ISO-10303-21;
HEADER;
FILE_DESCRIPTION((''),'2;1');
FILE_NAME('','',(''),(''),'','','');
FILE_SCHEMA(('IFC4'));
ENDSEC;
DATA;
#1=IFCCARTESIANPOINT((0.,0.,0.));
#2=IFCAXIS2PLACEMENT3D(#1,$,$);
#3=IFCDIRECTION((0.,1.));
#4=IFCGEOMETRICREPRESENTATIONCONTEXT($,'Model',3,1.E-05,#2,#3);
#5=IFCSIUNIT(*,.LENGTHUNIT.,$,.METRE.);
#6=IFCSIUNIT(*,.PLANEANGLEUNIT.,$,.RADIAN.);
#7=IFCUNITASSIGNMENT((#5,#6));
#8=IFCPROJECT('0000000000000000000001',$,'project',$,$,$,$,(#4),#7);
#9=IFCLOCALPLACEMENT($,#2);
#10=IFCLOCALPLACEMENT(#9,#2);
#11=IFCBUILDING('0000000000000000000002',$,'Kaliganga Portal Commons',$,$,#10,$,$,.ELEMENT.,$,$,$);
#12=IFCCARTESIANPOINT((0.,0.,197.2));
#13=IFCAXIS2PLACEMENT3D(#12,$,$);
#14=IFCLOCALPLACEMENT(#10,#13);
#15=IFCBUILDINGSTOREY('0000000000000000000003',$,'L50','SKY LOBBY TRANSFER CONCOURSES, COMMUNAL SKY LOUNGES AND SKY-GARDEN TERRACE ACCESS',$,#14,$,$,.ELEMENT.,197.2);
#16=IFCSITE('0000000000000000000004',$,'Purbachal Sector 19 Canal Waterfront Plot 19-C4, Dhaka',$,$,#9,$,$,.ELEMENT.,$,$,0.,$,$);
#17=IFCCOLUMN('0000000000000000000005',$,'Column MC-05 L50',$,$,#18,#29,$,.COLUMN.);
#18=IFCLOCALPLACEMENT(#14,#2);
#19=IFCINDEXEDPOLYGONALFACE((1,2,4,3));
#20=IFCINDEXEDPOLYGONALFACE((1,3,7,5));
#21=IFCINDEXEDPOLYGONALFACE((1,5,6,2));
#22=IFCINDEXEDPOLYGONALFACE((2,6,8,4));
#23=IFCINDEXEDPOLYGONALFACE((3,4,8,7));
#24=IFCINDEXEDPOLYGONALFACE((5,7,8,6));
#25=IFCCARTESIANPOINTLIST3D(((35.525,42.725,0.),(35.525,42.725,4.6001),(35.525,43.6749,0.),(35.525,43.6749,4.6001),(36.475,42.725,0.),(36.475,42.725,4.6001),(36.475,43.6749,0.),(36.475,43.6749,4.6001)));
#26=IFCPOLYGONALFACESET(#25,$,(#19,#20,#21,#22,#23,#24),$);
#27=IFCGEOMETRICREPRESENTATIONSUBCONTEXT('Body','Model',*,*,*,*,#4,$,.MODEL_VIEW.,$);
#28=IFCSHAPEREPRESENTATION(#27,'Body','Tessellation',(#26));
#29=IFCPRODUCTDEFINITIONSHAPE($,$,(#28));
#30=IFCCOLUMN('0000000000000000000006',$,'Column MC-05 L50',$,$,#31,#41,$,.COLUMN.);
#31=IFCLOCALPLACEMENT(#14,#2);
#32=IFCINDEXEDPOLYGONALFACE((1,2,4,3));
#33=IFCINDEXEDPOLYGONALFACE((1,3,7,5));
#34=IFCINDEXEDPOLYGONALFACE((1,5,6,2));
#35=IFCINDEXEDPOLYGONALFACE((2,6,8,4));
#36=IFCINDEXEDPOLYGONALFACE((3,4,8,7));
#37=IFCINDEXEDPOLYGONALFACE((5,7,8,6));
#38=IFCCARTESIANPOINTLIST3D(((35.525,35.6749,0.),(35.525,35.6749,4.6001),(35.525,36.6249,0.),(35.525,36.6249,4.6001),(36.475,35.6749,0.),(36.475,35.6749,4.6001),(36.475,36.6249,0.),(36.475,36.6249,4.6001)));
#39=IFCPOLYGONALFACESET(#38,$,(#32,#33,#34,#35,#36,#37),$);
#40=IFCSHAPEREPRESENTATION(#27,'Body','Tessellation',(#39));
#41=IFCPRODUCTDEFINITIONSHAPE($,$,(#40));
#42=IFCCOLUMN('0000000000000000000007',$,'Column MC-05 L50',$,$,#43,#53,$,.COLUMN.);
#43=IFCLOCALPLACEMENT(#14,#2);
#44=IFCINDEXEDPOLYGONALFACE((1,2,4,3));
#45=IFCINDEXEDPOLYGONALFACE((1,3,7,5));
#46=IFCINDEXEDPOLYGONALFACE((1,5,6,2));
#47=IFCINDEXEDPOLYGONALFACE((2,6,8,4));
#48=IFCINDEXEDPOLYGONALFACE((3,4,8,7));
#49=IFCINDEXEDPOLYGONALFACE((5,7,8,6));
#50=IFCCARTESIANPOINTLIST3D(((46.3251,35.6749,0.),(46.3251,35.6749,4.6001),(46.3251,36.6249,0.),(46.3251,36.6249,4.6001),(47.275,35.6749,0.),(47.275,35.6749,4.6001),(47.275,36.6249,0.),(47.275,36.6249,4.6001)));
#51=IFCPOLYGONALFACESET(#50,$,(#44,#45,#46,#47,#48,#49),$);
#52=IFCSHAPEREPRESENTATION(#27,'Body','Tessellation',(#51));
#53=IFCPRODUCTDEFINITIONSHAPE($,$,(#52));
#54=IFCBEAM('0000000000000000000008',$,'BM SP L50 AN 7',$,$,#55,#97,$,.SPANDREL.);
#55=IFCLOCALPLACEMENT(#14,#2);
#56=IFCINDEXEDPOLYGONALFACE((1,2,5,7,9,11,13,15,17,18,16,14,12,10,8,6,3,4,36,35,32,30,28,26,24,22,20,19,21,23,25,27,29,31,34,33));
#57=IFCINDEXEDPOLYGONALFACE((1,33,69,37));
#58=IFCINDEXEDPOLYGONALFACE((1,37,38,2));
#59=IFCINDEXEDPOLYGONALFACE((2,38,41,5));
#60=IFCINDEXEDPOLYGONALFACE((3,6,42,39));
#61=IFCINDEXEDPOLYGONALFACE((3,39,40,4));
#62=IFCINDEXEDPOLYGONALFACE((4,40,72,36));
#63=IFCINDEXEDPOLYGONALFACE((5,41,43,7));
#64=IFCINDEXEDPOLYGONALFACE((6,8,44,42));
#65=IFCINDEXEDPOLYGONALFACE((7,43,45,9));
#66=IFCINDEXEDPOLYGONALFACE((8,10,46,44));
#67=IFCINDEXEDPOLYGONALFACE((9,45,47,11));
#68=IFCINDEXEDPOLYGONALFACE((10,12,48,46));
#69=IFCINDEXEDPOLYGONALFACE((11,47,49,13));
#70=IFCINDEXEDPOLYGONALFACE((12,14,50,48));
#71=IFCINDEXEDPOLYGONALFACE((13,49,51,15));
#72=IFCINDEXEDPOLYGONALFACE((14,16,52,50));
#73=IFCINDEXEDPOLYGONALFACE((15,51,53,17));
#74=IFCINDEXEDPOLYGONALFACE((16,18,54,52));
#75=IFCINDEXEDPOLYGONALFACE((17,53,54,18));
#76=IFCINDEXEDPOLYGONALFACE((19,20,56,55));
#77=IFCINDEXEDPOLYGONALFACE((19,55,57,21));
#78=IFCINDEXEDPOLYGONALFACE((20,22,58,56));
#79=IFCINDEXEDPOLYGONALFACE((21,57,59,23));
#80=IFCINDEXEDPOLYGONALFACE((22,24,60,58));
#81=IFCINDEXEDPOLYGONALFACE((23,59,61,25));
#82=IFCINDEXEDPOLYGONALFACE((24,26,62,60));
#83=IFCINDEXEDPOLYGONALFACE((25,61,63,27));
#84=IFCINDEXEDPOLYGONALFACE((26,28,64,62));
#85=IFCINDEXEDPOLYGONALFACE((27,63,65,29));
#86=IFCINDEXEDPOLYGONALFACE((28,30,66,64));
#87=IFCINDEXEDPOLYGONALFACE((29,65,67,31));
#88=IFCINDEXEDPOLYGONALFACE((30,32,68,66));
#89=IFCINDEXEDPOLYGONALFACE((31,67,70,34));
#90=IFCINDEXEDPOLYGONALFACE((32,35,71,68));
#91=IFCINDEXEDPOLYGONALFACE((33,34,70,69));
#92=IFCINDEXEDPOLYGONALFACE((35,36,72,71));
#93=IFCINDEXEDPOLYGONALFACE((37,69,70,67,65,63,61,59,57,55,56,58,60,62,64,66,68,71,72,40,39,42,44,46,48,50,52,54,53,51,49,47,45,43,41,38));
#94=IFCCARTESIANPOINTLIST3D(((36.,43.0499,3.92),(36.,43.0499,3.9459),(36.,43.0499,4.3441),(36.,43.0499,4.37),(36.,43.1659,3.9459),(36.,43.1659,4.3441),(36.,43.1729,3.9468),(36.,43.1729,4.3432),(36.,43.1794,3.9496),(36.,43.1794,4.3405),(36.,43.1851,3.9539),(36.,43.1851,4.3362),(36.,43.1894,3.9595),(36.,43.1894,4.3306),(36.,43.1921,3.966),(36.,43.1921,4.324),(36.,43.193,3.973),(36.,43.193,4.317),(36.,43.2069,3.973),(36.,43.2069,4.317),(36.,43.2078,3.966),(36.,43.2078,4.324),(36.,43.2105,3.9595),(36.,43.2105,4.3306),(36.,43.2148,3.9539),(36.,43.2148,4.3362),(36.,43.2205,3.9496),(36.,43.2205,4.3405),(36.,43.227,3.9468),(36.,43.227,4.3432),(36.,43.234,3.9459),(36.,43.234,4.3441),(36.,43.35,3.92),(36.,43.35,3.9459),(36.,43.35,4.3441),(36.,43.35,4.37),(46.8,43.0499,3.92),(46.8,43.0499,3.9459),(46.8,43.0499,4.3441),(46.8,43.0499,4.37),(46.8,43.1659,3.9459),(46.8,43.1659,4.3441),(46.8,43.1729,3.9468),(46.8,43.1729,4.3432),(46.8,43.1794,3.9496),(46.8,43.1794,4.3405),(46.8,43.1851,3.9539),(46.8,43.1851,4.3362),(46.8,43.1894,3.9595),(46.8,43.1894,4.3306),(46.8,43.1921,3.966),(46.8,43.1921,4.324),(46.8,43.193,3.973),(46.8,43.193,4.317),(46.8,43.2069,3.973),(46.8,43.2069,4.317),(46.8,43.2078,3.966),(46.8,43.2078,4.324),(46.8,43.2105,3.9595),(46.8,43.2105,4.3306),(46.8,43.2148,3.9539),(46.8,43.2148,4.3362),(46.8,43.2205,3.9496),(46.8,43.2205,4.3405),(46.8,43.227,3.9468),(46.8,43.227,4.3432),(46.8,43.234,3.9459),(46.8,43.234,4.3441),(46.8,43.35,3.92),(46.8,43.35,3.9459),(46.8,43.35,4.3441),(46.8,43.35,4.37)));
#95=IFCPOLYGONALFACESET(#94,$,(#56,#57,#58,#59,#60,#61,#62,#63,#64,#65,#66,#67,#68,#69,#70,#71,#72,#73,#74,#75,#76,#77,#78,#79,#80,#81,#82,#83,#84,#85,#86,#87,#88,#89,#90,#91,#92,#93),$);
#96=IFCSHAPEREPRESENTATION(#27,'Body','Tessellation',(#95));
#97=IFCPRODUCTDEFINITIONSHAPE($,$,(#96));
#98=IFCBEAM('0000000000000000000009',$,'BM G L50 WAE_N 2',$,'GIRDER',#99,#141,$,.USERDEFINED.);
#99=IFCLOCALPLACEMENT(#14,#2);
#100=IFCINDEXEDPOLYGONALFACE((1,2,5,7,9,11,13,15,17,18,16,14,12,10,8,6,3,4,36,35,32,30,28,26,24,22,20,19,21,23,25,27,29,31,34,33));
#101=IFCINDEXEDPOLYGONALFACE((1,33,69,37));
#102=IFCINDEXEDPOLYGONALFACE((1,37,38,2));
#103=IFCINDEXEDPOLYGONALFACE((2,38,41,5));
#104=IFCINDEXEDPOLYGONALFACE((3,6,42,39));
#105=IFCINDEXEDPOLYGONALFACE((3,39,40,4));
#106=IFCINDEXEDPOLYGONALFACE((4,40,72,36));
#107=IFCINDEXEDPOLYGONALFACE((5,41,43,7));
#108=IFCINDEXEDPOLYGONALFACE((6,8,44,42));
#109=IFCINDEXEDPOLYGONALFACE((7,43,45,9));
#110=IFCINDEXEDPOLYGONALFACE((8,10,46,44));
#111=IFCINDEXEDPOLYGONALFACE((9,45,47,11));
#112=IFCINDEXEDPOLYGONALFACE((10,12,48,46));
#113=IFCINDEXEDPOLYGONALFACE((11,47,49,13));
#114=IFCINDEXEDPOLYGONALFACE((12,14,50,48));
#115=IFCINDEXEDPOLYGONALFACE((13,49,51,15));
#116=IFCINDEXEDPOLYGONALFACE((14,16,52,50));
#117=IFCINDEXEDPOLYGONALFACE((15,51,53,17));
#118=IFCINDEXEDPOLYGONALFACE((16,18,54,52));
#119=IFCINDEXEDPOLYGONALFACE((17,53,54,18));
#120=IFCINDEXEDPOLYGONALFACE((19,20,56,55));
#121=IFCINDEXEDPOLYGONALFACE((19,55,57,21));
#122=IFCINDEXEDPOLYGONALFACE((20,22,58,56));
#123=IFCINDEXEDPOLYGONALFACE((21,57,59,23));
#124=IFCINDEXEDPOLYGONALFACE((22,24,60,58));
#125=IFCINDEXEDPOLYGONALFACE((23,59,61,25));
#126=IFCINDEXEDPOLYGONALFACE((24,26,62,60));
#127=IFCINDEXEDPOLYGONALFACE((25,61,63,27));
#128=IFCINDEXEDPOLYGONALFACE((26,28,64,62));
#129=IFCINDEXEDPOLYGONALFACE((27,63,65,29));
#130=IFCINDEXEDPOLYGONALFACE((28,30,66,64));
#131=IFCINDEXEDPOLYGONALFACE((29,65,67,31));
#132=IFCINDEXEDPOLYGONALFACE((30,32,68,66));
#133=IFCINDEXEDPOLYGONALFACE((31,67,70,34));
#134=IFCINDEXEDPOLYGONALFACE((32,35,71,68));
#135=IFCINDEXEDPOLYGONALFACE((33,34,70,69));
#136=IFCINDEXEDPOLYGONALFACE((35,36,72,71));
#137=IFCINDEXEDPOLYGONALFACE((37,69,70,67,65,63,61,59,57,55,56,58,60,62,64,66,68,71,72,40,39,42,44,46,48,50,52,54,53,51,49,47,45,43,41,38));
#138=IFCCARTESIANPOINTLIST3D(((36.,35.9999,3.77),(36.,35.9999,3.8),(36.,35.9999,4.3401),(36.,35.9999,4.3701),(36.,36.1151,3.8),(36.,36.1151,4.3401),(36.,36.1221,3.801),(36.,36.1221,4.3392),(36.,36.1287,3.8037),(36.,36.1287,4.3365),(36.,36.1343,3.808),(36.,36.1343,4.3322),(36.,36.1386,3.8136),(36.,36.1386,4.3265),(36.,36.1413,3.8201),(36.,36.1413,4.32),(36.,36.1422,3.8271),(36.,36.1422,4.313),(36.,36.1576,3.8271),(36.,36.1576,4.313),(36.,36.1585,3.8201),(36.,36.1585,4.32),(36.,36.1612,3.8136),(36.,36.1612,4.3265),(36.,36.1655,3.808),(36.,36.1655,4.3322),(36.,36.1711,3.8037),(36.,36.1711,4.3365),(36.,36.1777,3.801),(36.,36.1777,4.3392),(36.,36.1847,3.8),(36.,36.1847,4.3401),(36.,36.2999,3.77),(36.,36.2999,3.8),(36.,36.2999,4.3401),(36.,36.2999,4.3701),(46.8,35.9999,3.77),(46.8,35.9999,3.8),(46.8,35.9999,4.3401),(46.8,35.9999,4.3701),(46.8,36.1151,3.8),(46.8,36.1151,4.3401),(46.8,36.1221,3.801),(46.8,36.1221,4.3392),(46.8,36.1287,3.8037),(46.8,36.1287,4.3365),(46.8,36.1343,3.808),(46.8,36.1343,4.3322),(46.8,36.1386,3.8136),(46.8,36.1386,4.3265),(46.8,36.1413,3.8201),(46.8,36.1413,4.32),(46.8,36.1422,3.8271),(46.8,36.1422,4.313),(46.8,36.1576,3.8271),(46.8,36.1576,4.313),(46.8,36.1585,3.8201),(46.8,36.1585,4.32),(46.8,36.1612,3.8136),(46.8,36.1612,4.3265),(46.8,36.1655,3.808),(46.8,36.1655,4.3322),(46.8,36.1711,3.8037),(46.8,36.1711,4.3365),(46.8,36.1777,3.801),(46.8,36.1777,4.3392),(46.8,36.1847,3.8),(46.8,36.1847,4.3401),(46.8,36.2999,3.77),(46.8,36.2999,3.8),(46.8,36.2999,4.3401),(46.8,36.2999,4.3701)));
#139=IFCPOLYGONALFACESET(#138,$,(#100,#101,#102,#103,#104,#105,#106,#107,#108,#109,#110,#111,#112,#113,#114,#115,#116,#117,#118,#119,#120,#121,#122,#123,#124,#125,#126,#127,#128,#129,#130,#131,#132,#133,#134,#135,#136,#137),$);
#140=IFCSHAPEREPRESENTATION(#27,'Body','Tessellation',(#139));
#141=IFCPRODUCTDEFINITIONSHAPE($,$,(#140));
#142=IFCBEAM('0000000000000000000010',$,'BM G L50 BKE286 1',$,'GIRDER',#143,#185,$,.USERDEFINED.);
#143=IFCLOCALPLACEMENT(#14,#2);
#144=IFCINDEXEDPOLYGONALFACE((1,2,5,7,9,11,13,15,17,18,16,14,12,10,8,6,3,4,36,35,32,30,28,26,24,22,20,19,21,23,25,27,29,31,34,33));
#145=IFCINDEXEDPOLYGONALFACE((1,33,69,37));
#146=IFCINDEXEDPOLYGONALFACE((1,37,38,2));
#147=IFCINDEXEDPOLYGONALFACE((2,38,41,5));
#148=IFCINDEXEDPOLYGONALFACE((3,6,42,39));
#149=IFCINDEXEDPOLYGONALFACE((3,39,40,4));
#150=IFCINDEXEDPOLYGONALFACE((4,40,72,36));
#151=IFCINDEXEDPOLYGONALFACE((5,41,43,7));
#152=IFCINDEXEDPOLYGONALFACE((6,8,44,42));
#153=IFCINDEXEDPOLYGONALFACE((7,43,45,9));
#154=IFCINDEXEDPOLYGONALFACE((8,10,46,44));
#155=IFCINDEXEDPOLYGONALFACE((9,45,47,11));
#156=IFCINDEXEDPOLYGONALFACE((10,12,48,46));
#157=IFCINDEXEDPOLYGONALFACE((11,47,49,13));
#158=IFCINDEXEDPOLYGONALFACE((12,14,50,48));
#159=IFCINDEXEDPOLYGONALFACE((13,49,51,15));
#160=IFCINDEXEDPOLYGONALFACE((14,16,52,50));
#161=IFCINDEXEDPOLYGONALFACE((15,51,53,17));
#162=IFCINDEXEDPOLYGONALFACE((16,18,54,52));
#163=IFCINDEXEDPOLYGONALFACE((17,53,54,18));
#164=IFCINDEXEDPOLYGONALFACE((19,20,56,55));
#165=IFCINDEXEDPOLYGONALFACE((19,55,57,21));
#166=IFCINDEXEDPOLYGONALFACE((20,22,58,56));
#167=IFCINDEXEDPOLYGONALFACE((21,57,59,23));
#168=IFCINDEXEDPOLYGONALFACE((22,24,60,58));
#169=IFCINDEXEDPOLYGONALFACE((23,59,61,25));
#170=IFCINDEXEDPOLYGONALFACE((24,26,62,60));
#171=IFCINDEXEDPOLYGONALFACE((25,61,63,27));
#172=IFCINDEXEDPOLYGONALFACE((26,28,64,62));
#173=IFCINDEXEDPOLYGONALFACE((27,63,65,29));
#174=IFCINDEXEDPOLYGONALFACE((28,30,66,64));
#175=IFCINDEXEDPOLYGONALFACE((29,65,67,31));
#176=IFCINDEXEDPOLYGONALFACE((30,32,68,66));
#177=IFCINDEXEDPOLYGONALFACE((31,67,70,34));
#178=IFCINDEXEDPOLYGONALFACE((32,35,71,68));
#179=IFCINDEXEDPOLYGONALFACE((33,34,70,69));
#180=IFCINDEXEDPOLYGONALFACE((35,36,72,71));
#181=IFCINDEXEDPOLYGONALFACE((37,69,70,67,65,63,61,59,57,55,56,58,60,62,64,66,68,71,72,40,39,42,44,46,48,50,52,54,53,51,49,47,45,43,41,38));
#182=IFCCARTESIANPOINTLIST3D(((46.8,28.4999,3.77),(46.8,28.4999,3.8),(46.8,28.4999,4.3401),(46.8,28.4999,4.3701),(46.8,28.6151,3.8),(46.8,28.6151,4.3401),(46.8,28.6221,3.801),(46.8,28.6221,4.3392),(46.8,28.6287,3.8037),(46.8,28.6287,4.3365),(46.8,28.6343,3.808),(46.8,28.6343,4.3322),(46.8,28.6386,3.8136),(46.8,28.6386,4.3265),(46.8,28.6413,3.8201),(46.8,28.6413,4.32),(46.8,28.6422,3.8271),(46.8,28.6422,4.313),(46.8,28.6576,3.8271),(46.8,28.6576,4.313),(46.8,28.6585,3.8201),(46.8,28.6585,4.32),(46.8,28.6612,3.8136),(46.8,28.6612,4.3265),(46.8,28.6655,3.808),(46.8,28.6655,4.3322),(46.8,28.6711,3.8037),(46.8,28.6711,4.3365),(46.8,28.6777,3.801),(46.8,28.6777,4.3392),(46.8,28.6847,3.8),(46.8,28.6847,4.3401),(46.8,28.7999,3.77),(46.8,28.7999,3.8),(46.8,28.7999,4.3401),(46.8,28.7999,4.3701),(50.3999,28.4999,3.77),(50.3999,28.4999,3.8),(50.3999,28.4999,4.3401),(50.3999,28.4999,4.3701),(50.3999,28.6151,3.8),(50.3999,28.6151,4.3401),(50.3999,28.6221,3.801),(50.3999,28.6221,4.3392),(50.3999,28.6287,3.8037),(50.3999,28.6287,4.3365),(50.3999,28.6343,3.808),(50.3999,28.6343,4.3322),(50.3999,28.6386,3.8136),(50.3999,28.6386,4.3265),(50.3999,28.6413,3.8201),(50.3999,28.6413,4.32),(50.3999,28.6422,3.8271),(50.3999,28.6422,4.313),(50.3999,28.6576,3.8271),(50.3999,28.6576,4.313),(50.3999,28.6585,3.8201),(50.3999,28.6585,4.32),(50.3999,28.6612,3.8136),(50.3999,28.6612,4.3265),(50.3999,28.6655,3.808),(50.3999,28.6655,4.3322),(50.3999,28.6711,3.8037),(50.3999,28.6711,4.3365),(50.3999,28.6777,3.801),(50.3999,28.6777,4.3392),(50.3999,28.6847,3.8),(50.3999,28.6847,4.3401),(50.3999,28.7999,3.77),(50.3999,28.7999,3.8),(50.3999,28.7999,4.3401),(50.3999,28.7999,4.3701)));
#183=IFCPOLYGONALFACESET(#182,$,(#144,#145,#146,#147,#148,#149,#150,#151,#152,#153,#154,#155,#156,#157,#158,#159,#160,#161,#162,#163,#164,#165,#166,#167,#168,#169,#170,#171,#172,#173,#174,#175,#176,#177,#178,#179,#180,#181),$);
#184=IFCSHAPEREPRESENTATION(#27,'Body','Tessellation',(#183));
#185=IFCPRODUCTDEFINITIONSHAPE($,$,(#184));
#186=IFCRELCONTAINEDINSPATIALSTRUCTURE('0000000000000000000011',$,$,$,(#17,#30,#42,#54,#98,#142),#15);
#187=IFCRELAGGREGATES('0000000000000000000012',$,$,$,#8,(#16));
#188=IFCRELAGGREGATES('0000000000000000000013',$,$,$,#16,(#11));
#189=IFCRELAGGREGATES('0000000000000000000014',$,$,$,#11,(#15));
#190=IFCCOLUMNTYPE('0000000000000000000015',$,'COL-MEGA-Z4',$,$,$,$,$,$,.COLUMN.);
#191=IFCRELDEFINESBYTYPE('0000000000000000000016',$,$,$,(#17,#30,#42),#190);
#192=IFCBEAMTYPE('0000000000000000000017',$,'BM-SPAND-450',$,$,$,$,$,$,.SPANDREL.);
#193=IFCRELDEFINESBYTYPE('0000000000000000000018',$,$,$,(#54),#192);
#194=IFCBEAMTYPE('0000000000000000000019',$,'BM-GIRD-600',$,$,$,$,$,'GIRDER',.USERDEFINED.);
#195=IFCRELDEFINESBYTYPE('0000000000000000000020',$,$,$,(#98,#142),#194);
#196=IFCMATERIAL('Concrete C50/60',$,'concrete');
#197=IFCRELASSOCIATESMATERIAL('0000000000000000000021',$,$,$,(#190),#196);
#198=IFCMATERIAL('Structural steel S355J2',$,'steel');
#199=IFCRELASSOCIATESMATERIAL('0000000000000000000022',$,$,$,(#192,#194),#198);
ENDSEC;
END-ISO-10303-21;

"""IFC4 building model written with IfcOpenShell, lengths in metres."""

from ifc_helpers import new_model, si_unit, direction, frame, origin, origin_2d, place, context, subcontext, project, spatial, rectangle, i_section, extrude, source, transform, mapped, material, material_profile, profile_set, type_object, element, save


model = new_model("IFC4")

# Units and contexts
model_context = context("Model", 3, precision=1e-05, world=origin(), true_north=direction((0.0, 1.0)))
body_context = subcontext(model_context, "Body", "Model", "MODEL_VIEW")
ifc_project = project(units=[si_unit("LENGTHUNIT", "METRE"), si_unit("PLANEANGLEUNIT", "RADIAN")], contexts=[model_context])

# Site, building, storey
site_placement = place(None, origin())
site = spatial("IfcSite", under=ifc_project, at=site_placement, Name="Purbachal Sector 19 Canal Waterfront Plot 19-C4, Dhaka", CompositionType="ELEMENT", RefElevation=0.0)
building_placement = place(site_placement, origin())
building = spatial("IfcBuilding", under=site, at=building_placement, Name="Kaliganga Portal Commons", CompositionType="ELEMENT")
storey_placement = place(building_placement, frame((0.0, 0.0, 197.2)))
storey = spatial("IfcBuildingStorey", under=building, at=storey_placement, Name="L50", Description="SKY LOBBY TRANSFER CONCOURSES, COMMUNAL SKY LOUNGES AND SKY-GARDEN TERRACE ACCESS", CompositionType="ELEMENT", Elevation=197.2)

# Columns
ifc_material_1 = material(Name="Concrete C50/60", Category="concrete")
ifc_material_profile_1 = material_profile(ifc_material_1, rectangle(XDim=0.95, YDim=0.95, at=origin_2d()), Name="RC 950x950")
ifc_profile_set_1 = profile_set([ifc_material_profile_1], Name="Concrete C50/60")
column_type = type_object("IfcColumnType", Name="COL-MEGA-Z4", PredefinedType="COLUMN", material=ifc_profile_set_1)
shared_shape_1 = source(origin(), body_context, "Body", "SweptSolid", [
    extrude(rectangle(XDim=0.95, YDim=0.95, at=origin_2d()), origin(), (0.0, 0.0, 1.0), 4.6001),
])
for number, where, z_axis, x_axis, name in (
    (1, (36.0, 43.2, 0.0), (0.0, 0.0, 1.0), (1.0, 0.0, 0.0), "Column MC-05 L50"),
    (2, (36.0, 36.1499, 0.0), (0.0, 0.0, 1.0), (1.0, 0.0, 0.0), "Column MC-05 L50"),
    (3, (46.8, 36.1499, 0.0), (0.0, 0.0, 1.0), (1.0, 0.0, 0.0), "Column MC-05 L50"),
):
    element("IfcColumn", number, at=place(storey_placement, frame(where, z_axis=z_axis, x_axis=x_axis)), inside=storey, type_object=column_type, Name=name, PredefinedType="COLUMN", context=body_context, shape_type="MappedRepresentation", body=[
        mapped(shared_shape_1, transform((0.0, 0.0, 0.0), x_axis=(1.0, 0.0, 0.0), y_axis=(0.0, 1.0, 0.0), z_axis=(0.0, 0.0, 1.0), scale=1.0)),
    ])

# Beams
ifc_material_2 = material(Name="Structural steel S355J2", Category="steel")
ifc_material_profile_2 = material_profile(ifc_material_2, i_section(OverallWidth=0.3, OverallDepth=0.45, WebThickness=0.0139, FlangeThickness=0.0259, FilletRadius=0.0271, at=origin_2d()), Name="HE 450 B")
ifc_profile_set_2 = profile_set([ifc_material_profile_2], Name="Structural steel S355J2 wide-flange")
beam_type_1 = type_object("IfcBeamType", Name="BM-SPAND-450", PredefinedType="SPANDREL", material=ifc_profile_set_2)
shared_shape_2 = source(origin(), body_context, "Body", "SweptSolid", [
    extrude(i_section(OverallWidth=0.3, OverallDepth=0.45, WebThickness=0.0139, FlangeThickness=0.0259, FilletRadius=0.0271, at=origin_2d()), origin(), (0.0, 0.0, 1.0), 10.8),
])
beam_1_placement = place(storey_placement, frame((36.0, 43.2, 4.145), z_axis=(1.0, 0.0, 0.0), x_axis=(0.0, 1.0, 0.0)))
element("IfcBeam", 4, at=beam_1_placement, inside=storey, type_object=beam_type_1, Name="BM SP L50 AN 7", PredefinedType="SPANDREL", context=body_context, shape_type="MappedRepresentation", body=[
    mapped(shared_shape_2, transform((0.0, 0.0, 0.0), x_axis=(1.0, 0.0, 0.0), y_axis=(0.0, 1.0, 0.0), z_axis=(0.0, 0.0, 1.0), scale=1.0)),
])
ifc_material_profile_3 = material_profile(ifc_material_2, i_section(OverallWidth=0.3, OverallDepth=0.6001, WebThickness=0.0154, FlangeThickness=0.03, FilletRadius=0.0271, at=origin_2d()), Name="HE 600 B")
ifc_profile_set_3 = profile_set([ifc_material_profile_3], Name="Structural steel S355J2 wide-flange")
beam_type_2 = type_object("IfcBeamType", Name="BM-GIRD-600", ElementType="GIRDER", PredefinedType="USERDEFINED", material=ifc_profile_set_3)
shared_shape_3 = source(origin(), body_context, "Body", "SweptSolid", [
    extrude(i_section(OverallWidth=0.3, OverallDepth=0.6001, WebThickness=0.0154, FlangeThickness=0.03, FilletRadius=0.0271, at=origin_2d()), origin(), (0.0, 0.0, 1.0), 10.8),
])
beam_2_placement = place(storey_placement, frame((36.0, 36.1499, 4.0701), z_axis=(1.0, 0.0, 0.0), x_axis=(0.0, 1.0, 0.0)))
element("IfcBeam", 5, at=beam_2_placement, inside=storey, type_object=beam_type_2, Name="BM G L50 WAE_N 2", ObjectType="GIRDER", PredefinedType="USERDEFINED", context=body_context, shape_type="MappedRepresentation", body=[
    mapped(shared_shape_3, transform((0.0, 0.0, 0.0), x_axis=(1.0, 0.0, 0.0), y_axis=(0.0, 1.0, 0.0), z_axis=(0.0, 0.0, 1.0), scale=1.0)),
])
shared_shape_4 = source(origin(), body_context, "Body", "SweptSolid", [
    extrude(i_section(OverallWidth=0.3, OverallDepth=0.6001, WebThickness=0.0154, FlangeThickness=0.03, FilletRadius=0.0271, at=origin_2d()), origin(), (0.0, 0.0, 1.0), 3.5999),
])
for number, where, z_axis, x_axis, name in (
    (6, (46.8, 28.6499, 4.0701), (1.0, 0.0, 0.0), (0.0, 1.0, 0.0), "BM G L50 BKE286 1"),
):
    element("IfcBeam", number, at=place(storey_placement, frame(where, z_axis=z_axis, x_axis=x_axis)), inside=storey, type_object=beam_type_2, Name=name, ObjectType="GIRDER", PredefinedType="USERDEFINED", context=body_context, shape_type="MappedRepresentation", body=[
        mapped(shared_shape_4, transform((0.0, 0.0, 0.0), x_axis=(1.0, 0.0, 0.0), y_axis=(0.0, 1.0, 0.0), z_axis=(0.0, 0.0, 1.0), scale=1.0)),
    ])

save(model, "model.ifc")
